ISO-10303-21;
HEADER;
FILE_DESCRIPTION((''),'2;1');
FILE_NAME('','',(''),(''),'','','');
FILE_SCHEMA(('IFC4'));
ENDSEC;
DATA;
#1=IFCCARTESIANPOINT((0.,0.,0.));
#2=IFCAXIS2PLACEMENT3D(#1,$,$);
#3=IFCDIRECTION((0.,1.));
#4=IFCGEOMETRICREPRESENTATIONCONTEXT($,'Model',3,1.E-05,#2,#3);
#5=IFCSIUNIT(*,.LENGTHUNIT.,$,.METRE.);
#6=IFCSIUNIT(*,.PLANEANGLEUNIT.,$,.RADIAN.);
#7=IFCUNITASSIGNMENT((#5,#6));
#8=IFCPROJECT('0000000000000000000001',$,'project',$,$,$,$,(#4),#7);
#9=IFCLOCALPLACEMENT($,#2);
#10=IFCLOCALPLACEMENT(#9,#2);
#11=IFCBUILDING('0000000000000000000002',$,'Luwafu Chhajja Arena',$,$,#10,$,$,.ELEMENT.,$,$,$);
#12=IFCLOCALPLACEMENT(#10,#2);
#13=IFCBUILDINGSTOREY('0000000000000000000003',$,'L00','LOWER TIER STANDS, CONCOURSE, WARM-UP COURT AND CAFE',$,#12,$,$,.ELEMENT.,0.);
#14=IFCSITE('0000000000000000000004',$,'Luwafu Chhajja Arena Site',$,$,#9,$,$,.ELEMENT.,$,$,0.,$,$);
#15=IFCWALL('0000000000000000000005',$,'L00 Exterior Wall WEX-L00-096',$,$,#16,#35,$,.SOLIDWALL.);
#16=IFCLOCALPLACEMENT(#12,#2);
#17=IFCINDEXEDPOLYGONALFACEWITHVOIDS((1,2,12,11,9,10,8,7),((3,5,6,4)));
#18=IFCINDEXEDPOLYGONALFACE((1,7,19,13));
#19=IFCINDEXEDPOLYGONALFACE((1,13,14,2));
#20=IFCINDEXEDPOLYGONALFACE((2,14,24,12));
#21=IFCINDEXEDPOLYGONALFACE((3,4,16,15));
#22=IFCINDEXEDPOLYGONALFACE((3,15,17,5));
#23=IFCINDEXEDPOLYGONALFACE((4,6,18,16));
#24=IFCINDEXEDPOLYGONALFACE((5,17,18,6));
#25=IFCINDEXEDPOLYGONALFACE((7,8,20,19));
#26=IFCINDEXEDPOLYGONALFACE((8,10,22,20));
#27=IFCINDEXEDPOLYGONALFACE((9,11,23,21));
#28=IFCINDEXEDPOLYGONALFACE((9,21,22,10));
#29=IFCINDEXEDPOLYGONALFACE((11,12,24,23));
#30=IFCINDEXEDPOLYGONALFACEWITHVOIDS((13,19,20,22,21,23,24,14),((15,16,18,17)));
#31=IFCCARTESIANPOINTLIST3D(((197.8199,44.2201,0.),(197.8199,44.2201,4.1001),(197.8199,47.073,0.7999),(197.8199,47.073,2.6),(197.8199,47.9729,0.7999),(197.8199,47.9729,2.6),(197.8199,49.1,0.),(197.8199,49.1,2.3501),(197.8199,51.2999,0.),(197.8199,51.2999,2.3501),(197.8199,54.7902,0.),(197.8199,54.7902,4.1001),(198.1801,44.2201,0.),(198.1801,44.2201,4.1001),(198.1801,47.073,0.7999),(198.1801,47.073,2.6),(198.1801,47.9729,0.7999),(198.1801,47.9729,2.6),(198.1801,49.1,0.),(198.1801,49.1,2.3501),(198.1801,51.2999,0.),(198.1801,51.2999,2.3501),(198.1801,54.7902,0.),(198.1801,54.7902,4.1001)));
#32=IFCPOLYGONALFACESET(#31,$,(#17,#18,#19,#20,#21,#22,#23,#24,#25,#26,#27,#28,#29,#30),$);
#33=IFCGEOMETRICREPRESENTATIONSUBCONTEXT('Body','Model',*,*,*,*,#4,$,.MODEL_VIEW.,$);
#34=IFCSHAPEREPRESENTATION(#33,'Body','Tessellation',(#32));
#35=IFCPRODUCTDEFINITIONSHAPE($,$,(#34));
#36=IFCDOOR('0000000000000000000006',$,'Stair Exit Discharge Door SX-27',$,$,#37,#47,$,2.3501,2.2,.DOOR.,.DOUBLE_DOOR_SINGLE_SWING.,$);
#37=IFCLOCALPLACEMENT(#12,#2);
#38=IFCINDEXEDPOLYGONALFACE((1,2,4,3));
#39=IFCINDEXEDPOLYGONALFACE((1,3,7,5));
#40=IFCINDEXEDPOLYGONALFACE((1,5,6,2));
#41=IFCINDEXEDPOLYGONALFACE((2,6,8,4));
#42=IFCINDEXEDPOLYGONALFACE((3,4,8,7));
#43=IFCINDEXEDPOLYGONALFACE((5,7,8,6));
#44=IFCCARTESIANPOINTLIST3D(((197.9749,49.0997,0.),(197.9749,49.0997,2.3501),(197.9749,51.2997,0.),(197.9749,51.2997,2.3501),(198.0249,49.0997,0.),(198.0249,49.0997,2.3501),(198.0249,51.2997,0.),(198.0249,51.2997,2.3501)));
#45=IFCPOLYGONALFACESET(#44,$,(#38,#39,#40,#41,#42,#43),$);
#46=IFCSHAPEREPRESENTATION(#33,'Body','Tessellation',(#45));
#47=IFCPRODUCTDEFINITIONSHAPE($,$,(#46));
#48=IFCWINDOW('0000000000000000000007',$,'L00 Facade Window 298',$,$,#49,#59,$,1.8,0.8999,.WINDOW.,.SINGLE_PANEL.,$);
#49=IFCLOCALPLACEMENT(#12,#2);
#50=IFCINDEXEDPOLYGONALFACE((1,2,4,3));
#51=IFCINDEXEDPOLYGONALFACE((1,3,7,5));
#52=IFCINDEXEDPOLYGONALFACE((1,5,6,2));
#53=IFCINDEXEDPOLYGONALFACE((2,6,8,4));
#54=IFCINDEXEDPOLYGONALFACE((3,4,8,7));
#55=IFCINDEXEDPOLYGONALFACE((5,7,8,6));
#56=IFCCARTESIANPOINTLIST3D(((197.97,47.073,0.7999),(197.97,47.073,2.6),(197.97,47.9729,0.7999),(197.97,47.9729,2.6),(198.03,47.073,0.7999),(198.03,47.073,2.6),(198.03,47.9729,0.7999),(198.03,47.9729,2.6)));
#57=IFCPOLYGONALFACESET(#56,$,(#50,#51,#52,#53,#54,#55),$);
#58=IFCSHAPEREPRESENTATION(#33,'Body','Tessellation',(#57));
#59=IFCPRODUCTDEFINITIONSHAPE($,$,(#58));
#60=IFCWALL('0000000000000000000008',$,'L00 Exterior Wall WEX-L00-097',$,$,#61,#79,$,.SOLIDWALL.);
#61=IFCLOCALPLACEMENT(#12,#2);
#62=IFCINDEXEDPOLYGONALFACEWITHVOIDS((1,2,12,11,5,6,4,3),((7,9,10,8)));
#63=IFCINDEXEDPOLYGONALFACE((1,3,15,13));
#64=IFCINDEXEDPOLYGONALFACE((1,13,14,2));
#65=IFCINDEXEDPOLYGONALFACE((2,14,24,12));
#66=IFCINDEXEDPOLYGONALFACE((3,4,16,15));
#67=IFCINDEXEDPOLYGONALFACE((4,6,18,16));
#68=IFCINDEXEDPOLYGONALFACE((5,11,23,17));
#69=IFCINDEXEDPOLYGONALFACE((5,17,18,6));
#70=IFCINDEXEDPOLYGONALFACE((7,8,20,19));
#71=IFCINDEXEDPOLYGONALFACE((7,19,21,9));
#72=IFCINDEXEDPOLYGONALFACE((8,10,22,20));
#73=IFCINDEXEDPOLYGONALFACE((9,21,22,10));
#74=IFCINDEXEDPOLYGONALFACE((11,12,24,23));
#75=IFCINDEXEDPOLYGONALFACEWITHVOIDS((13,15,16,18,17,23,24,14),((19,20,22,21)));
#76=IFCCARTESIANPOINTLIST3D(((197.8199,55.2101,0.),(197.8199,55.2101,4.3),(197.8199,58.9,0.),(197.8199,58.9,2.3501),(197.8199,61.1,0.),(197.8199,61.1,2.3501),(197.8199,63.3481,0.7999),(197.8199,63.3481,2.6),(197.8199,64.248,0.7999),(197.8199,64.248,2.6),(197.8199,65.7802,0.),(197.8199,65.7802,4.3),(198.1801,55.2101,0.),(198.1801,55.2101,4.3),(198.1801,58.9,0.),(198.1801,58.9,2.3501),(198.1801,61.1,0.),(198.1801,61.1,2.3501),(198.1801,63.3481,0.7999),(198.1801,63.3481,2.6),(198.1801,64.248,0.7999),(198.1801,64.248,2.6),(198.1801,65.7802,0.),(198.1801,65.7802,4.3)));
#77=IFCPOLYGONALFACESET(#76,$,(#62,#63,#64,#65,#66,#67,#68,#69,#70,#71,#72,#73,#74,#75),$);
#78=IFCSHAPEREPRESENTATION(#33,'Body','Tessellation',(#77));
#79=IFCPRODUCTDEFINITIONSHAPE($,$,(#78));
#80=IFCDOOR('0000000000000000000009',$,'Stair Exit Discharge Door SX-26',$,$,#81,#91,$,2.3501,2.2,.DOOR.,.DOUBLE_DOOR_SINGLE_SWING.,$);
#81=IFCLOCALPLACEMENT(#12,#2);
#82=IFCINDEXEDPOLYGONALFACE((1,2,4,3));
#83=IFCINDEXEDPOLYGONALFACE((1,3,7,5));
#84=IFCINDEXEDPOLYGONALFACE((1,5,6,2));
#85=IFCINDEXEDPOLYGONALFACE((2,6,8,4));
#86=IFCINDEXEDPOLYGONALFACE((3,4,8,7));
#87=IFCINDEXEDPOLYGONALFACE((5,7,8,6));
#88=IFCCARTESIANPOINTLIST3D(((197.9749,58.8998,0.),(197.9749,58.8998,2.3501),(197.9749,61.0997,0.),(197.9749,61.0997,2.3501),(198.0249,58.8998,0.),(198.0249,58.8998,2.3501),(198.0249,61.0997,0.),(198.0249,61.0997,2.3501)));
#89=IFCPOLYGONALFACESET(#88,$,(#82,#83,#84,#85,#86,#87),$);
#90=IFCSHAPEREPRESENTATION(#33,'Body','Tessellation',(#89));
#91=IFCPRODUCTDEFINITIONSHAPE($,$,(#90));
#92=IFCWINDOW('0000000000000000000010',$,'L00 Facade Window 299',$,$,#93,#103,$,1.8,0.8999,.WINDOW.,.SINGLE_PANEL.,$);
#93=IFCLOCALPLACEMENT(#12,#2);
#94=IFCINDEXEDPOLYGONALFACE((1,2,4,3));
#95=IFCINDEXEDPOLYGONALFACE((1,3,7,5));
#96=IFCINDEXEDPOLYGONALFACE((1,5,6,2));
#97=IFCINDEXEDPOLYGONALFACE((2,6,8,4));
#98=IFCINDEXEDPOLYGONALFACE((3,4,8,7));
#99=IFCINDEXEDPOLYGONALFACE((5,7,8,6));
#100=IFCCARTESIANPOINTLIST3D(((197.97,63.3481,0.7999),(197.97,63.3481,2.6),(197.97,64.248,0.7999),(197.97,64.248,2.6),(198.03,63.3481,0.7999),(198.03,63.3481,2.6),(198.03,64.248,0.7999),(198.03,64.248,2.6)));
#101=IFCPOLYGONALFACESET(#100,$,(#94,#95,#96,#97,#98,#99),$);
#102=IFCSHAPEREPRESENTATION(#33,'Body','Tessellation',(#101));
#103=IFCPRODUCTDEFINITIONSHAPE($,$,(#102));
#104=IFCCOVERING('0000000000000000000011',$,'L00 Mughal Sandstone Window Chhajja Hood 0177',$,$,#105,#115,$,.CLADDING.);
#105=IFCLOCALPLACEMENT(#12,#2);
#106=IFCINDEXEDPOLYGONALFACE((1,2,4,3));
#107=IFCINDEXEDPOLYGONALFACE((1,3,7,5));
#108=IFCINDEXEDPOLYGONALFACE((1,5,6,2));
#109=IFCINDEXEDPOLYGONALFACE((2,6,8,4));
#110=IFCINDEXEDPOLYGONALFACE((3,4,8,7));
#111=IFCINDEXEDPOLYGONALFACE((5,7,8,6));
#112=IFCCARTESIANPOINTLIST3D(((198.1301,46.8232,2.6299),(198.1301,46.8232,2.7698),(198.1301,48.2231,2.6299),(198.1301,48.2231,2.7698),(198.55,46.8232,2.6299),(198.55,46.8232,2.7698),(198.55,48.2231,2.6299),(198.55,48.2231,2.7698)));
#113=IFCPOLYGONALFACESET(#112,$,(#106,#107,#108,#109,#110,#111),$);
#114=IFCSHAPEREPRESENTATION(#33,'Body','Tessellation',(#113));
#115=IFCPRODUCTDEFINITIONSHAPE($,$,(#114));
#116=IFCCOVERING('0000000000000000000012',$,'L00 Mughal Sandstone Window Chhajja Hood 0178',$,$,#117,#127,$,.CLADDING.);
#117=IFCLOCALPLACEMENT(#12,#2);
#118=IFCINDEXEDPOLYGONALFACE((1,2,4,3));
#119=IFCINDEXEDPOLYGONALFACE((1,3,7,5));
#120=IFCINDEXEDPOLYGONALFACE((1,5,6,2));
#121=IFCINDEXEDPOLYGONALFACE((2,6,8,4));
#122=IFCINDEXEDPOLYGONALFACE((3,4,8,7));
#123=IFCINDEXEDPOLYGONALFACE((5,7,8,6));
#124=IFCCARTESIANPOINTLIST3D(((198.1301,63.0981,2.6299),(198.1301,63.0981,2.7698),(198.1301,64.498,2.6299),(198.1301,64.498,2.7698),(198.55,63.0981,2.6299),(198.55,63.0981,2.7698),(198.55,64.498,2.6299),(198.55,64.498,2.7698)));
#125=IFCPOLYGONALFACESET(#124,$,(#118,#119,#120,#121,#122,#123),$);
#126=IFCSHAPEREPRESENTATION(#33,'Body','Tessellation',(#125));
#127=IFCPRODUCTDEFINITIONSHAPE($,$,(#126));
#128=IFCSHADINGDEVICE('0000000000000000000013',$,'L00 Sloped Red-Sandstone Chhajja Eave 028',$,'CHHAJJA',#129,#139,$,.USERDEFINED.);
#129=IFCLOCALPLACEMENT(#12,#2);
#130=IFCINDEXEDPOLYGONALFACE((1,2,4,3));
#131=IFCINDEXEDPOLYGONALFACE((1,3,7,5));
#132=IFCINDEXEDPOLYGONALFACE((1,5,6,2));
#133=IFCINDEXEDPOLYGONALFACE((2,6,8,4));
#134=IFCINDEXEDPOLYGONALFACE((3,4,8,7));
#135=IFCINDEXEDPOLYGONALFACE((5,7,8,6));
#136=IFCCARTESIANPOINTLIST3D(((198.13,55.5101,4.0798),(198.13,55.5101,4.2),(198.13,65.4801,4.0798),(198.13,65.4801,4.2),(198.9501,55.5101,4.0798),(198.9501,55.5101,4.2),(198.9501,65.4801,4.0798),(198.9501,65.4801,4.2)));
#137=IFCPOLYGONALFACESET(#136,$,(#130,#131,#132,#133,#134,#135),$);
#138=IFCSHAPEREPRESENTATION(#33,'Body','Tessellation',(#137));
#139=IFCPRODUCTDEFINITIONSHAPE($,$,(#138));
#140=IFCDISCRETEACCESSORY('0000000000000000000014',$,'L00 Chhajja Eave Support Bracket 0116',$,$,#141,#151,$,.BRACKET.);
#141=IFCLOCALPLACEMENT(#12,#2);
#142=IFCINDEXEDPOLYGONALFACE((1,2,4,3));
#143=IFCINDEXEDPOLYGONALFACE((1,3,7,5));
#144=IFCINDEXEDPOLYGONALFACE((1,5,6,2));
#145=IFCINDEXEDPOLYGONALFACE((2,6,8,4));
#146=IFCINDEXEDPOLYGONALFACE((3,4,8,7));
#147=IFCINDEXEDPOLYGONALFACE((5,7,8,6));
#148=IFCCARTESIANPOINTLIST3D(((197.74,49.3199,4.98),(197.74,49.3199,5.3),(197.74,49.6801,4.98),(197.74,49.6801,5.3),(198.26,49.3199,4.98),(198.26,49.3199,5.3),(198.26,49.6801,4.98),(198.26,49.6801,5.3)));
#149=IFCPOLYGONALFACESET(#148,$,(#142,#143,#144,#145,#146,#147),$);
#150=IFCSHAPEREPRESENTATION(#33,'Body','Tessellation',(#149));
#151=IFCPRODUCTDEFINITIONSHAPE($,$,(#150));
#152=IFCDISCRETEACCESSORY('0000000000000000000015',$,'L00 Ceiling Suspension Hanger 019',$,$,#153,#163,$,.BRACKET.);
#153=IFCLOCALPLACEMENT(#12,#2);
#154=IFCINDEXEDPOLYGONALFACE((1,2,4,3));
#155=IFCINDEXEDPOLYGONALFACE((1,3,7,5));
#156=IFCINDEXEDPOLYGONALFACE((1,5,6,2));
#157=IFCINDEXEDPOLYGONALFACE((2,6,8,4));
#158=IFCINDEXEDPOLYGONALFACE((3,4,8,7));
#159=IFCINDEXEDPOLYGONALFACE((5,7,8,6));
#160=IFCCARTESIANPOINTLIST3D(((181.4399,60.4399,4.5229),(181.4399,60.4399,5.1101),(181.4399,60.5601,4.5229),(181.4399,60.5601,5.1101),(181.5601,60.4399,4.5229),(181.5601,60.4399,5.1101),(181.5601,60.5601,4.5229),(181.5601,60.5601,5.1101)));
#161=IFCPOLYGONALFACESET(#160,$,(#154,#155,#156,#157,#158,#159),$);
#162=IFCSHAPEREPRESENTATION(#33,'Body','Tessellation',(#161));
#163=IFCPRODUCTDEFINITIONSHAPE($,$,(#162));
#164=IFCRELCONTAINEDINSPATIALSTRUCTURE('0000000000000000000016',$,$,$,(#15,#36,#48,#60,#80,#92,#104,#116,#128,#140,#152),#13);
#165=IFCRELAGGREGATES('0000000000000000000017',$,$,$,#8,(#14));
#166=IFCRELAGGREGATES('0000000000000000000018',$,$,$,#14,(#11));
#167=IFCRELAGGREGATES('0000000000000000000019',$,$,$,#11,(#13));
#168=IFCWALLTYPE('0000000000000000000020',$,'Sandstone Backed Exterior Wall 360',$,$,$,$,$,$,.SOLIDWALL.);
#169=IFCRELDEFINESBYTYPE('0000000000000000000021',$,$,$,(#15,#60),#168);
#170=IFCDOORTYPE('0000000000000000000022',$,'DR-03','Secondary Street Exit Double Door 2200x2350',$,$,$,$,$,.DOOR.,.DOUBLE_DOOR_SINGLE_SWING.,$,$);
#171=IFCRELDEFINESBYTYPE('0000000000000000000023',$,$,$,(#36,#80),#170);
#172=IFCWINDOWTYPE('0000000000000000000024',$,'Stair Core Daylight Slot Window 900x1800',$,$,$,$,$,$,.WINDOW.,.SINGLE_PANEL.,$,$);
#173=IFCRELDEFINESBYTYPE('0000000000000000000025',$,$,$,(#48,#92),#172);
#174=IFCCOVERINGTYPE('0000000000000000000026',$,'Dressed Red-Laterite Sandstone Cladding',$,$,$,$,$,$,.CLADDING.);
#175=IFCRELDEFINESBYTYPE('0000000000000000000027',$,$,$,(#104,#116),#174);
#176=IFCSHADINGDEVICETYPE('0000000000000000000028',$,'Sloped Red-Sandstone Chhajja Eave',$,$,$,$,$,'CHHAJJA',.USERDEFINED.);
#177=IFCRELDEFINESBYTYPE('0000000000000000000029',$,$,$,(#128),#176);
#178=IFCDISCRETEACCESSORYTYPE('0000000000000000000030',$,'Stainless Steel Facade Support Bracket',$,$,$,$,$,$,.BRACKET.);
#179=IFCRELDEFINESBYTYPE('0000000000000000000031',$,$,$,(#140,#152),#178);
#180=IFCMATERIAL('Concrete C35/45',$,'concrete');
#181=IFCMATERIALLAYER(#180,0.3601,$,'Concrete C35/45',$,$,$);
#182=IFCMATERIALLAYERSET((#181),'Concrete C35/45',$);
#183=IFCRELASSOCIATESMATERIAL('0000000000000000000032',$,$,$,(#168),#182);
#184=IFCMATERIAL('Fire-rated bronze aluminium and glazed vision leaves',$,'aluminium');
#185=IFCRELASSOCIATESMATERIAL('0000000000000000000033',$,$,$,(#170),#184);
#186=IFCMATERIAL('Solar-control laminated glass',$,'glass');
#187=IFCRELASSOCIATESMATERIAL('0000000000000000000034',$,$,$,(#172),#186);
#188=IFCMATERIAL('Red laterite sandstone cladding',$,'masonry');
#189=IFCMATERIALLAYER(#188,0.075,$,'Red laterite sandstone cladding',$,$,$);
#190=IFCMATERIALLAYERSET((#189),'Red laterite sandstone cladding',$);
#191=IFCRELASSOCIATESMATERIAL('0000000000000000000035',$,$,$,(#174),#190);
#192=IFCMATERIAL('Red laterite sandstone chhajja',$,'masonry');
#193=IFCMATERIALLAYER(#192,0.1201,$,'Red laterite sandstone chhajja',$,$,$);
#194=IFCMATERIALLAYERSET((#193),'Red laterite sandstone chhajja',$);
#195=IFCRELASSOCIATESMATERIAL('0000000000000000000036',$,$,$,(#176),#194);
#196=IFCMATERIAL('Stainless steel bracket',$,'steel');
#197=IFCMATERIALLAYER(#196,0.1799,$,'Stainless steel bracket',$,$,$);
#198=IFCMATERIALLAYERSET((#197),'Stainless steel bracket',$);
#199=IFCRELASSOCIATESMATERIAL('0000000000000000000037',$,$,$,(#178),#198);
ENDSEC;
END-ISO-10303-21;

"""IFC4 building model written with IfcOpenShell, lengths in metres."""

from ifc_helpers import new_model, si_unit, direction, frame, frame_2d, origin, origin_2d, place, context, subcontext, project, spatial, rectangle, extrude, material, layer, layer_set, type_object, element, fill, save


model = new_model("IFC4")

# Units and contexts
model_context = context("Model", 3, precision=1e-05, world=origin(), true_north=direction((0.0, 1.0)))
body_context = subcontext(model_context, "Body", "Model", "MODEL_VIEW")
ifc_project = project(units=[si_unit("LENGTHUNIT", "METRE"), si_unit("PLANEANGLEUNIT", "RADIAN")], contexts=[model_context])

# Site, building, storey
site_placement = place(None, origin())
site = spatial("IfcSite", under=ifc_project, at=site_placement, Name="Luwafu Chhajja Arena Site", CompositionType="ELEMENT", RefElevation=0.0)
building_placement = place(site_placement, origin())
building = spatial("IfcBuilding", under=site, at=building_placement, Name="Luwafu Chhajja Arena", CompositionType="ELEMENT")
storey_placement = place(building_placement, origin())
storey = spatial("IfcBuildingStorey", under=building, at=storey_placement, Name="L00", Description="LOWER TIER STANDS, CONCOURSE, WARM-UP COURT AND CAFE", CompositionType="ELEMENT", Elevation=0.0)

# Shared definitions
ifc_material_1 = material(Name="Concrete C35/45", Category="concrete")

# Walls, openings, doors, windows
ifc_layer_1 = layer(ifc_material_1, 0.3601, Name="Concrete C35/45")
ifc_layer_set_1 = layer_set([ifc_layer_1], Name="Concrete C35/45")
wall_type_1 = type_object("IfcWallType", Name="Sandstone Backed Exterior Wall 360", PredefinedType="SOLIDWALL", material=ifc_layer_set_1)
wall_1_placement = place(storey_placement, frame((198.0, 44.22, 0.0), z_axis=(0.0, 0.0, 1.0), x_axis=(0.0, 1.0, 0.0)))
wall_1 = element("IfcWall", 1, at=wall_1_placement, inside=storey, type_object=wall_type_1, Name="L00 Exterior Wall WEX-L00-096", PredefinedType="SOLIDWALL", context=body_context, shape_type="SweptSolid", body=[
    extrude(rectangle(XDim=10.5701, YDim=0.3601, at=frame_2d((5.2852, 0.0))), origin(), (0.0, 0.0, 1.0), 4.1001),
])
opening_1_placement = place(wall_1_placement, frame((4.8799, 0.0, 0.0)))
opening_1 = element("IfcOpeningElement", 2, at=opening_1_placement, cuts=wall_1, PredefinedType="OPENING", context=body_context, shape_type="SweptSolid", body=[
    extrude(rectangle(XDim=2.2, YDim=2.3501, at=frame_2d((1.1001, 1.175))), frame((0.0, 0.1899, 0.0), z_axis=(0.0, -1.0, 0.0), x_axis=(1.0, 0.0, 0.0)), (0.0, 0.0, 1.0), 0.3801),
])
opening_2_placement = place(wall_1_placement, frame((2.853, 0.0, 0.8)))
opening_2 = element("IfcOpeningElement", 3, at=opening_2_placement, cuts=wall_1, PredefinedType="OPENING", context=body_context, shape_type="SweptSolid", body=[
    extrude(rectangle(XDim=0.8999, YDim=1.8, at=frame_2d((0.45, 0.8999))), frame((0.0, 0.1899, 0.0), z_axis=(0.0, -1.0, 0.0), x_axis=(1.0, 0.0, 0.0)), (0.0, 0.0, 1.0), 0.3801),
])
ifc_material_2 = material(Name="Fire-rated bronze aluminium and glazed vision leaves", Category="aluminium")
door_type_1 = type_object("IfcDoorType", Name="DR-03", Description="Secondary Street Exit Double Door 2200x2350", OperationType="DOUBLE_DOOR_SINGLE_SWING", PredefinedType="DOOR", material=ifc_material_2)
door_1_placement = place(opening_1_placement, frame((2.2, 0.0, 0.0), z_axis=(0.0, 0.0, 1.0), x_axis=(-1.0, 0.0, 0.0)))
door_1 = element("IfcDoor", 4, at=door_1_placement, inside=storey, type_object=door_type_1, Name="Stair Exit Discharge Door SX-27", OperationType="DOUBLE_DOOR_SINGLE_SWING", OverallHeight=2.3501, OverallWidth=2.2, PredefinedType="DOOR", context=body_context, shape_type="SweptSolid", body=[
    extrude(rectangle(XDim=2.2, YDim=2.3501, at=frame_2d((1.1001, 1.175))), frame((0.0, 0.0249, 0.0), z_axis=(0.0, -1.0, 0.0), x_axis=(1.0, 0.0, 0.0)), (0.0, 0.0, 1.0), 0.05),
])
fill(opening_1, door_1)
ifc_material_3 = material(Name="Solar-control laminated glass", Category="glass")
window_type = type_object("IfcWindowType", Name="Stair Core Daylight Slot Window 900x1800", PartitioningType="SINGLE_PANEL", PredefinedType="WINDOW", material=ifc_material_3)
window_1_placement = place(opening_2_placement, origin())
window_1 = element("IfcWindow", 5, at=window_1_placement, inside=storey, type_object=window_type, Name="L00 Facade Window 298", OverallHeight=1.8, OverallWidth=0.8999, PartitioningType="SINGLE_PANEL", PredefinedType="WINDOW", context=body_context, shape_type="SweptSolid", body=[
    extrude(rectangle(XDim=0.8999, YDim=1.8, at=frame_2d((0.45, 0.8999))), frame((0.0, 0.03, 0.0), z_axis=(0.0, -1.0, 0.0), x_axis=(1.0, 0.0, 0.0)), (0.0, 0.0, 1.0), 0.0601),
])
fill(opening_2, window_1)
wall_2_placement = place(storey_placement, frame((198.0, 55.21, 0.0), z_axis=(0.0, 0.0, 1.0), x_axis=(0.0, 1.0, 0.0)))
wall_2 = element("IfcWall", 6, at=wall_2_placement, inside=storey, type_object=wall_type_1, Name="L00 Exterior Wall WEX-L00-097", PredefinedType="SOLIDWALL", context=body_context, shape_type="SweptSolid", body=[
    extrude(rectangle(XDim=10.5701, YDim=0.3601, at=frame_2d((5.2852, 0.0))), origin(), (0.0, 0.0, 1.0), 4.3),
])
opening_3_placement = place(wall_2_placement, frame((3.6899, 0.0, 0.0)))
opening_3 = element("IfcOpeningElement", 7, at=opening_3_placement, cuts=wall_2, PredefinedType="OPENING", context=body_context, shape_type="SweptSolid", body=[
    extrude(rectangle(XDim=2.2, YDim=2.3501, at=frame_2d((1.1001, 1.175))), frame((0.0, 0.1899, 0.0), z_axis=(0.0, -1.0, 0.0), x_axis=(1.0, 0.0, 0.0)), (0.0, 0.0, 1.0), 0.3801),
])
opening_4_placement = place(wall_2_placement, frame((8.1382, 0.0, 0.8)))
opening_4 = element("IfcOpeningElement", 8, at=opening_4_placement, cuts=wall_2, PredefinedType="OPENING", context=body_context, shape_type="SweptSolid", body=[
    extrude(rectangle(XDim=0.8999, YDim=1.8, at=frame_2d((0.45, 0.8999))), frame((0.0, 0.1899, 0.0), z_axis=(0.0, -1.0, 0.0), x_axis=(1.0, 0.0, 0.0)), (0.0, 0.0, 1.0), 0.3801),
])
door_2_placement = place(opening_3_placement, frame((2.2, 0.0, 0.0), z_axis=(0.0, 0.0, 1.0), x_axis=(-1.0, 0.0, 0.0)))
door_2 = element("IfcDoor", 9, at=door_2_placement, inside=storey, type_object=door_type_1, Name="Stair Exit Discharge Door SX-26", OperationType="DOUBLE_DOOR_SINGLE_SWING", OverallHeight=2.3501, OverallWidth=2.2, PredefinedType="DOOR", context=body_context, shape_type="SweptSolid", body=[
    extrude(rectangle(XDim=2.2, YDim=2.3501, at=frame_2d((1.1001, 1.175))), frame((0.0, 0.0249, 0.0), z_axis=(0.0, -1.0, 0.0), x_axis=(1.0, 0.0, 0.0)), (0.0, 0.0, 1.0), 0.05),
])
fill(opening_3, door_2)
window_2_placement = place(opening_4_placement, origin())
window_2 = element("IfcWindow", 10, at=window_2_placement, inside=storey, type_object=window_type, Name="L00 Facade Window 299", OverallHeight=1.8, OverallWidth=0.8999, PartitioningType="SINGLE_PANEL", PredefinedType="WINDOW", context=body_context, shape_type="SweptSolid", body=[
    extrude(rectangle(XDim=0.8999, YDim=1.8, at=frame_2d((0.45, 0.8999))), frame((0.0, 0.03, 0.0), z_axis=(0.0, -1.0, 0.0), x_axis=(1.0, 0.0, 0.0)), (0.0, 0.0, 1.0), 0.0601),
])
fill(opening_4, window_2)

# Coverings
ifc_material_4 = material(Name="Red laterite sandstone cladding", Category="masonry")
ifc_layer_2 = layer(ifc_material_4, 0.075, Name="Red laterite sandstone cladding")
ifc_layer_set_2 = layer_set([ifc_layer_2], Name="Red laterite sandstone cladding")
covering_type = type_object("IfcCoveringType", Name="Dressed Red-Laterite Sandstone Cladding", PredefinedType="CLADDING", material=ifc_layer_set_2)
for number, where, z_axis, x_axis, name in (
    (11, (198.3401, 47.5232, 2.6299), (0.0, 0.0, 1.0), (0.0, 1.0, 0.0), "L00 Mughal Sandstone Window Chhajja Hood 0177"),
    (12, (198.3401, 63.7981, 2.6299), (0.0, 0.0, 1.0), (0.0, 1.0, 0.0), "L00 Mughal Sandstone Window Chhajja Hood 0178"),
):
    element("IfcCovering", number, at=place(storey_placement, frame(where, z_axis=z_axis, x_axis=x_axis)), inside=storey, type_object=covering_type, Name=name, PredefinedType="CLADDING", context=body_context, shape_type="SweptSolid", body=[
        extrude(rectangle(XDim=1.3999, YDim=0.4199, at=origin_2d()), origin(), (0.0, 0.0, 1.0), 0.1399),
    ])

# Shading device
ifc_material_5 = material(Name="Red laterite sandstone chhajja", Category="masonry")
ifc_layer_3 = layer(ifc_material_5, 0.1201, Name="Red laterite sandstone chhajja")
ifc_layer_set_3 = layer_set([ifc_layer_3], Name="Red laterite sandstone chhajja")
shading_device_type = type_object("IfcShadingDeviceType", Name="Sloped Red-Sandstone Chhajja Eave", ElementType="CHHAJJA", PredefinedType="USERDEFINED", material=ifc_layer_set_3)
shading_device_placement = place(storey_placement, frame((198.54, 60.4951, 4.0798), z_axis=(0.0, 0.0, 1.0), x_axis=(0.0, 1.0, 0.0)))
element("IfcShadingDevice", 13, at=shading_device_placement, inside=storey, type_object=shading_device_type, Name="L00 Sloped Red-Sandstone Chhajja Eave 028", ObjectType="CHHAJJA", PredefinedType="USERDEFINED", context=body_context, shape_type="SweptSolid", body=[
    extrude(rectangle(XDim=9.97, YDim=0.8201, at=origin_2d()), origin(), (0.0, 0.0, 1.0), 0.1201),
])

# Discrete accessories
ifc_material_6 = material(Name="Stainless steel bracket", Category="steel")
ifc_layer_4 = layer(ifc_material_6, 0.1799, Name="Stainless steel bracket")
ifc_layer_set_4 = layer_set([ifc_layer_4], Name="Stainless steel bracket")
discrete_accessory_type = type_object("IfcDiscreteAccessoryType", Name="Stainless Steel Facade Support Bracket", PredefinedType="BRACKET", material=ifc_layer_set_4)
discrete_accessory_1_placement = place(storey_placement, frame((198.0, 49.5, 4.98), z_axis=(0.0, 0.0, 1.0), x_axis=(0.0, 1.0, 0.0)))
element("IfcDiscreteAccessory", 14, at=discrete_accessory_1_placement, inside=storey, type_object=discrete_accessory_type, Name="L00 Chhajja Eave Support Bracket 0116", PredefinedType="BRACKET", context=body_context, shape_type="SweptSolid", body=[
    extrude(rectangle(XDim=0.3601, YDim=0.52, at=origin_2d()), origin(), (0.0, 0.0, 1.0), 0.3201),
])
discrete_accessory_2_placement = place(storey_placement, frame((181.5, 60.5, 4.5229), z_axis=(0.0, 0.0, 1.0), x_axis=(1.0, 0.0, 0.0)))
element("IfcDiscreteAccessory", 15, at=discrete_accessory_2_placement, inside=storey, type_object=discrete_accessory_type, Name="L00 Ceiling Suspension Hanger 019", PredefinedType="BRACKET", context=body_context, shape_type="SweptSolid", body=[
    extrude(rectangle(XDim=0.1201, YDim=0.1201, at=origin_2d()), origin(), (0.0, 0.0, 1.0), 0.5872),
])

save(model, "model.ifc")
